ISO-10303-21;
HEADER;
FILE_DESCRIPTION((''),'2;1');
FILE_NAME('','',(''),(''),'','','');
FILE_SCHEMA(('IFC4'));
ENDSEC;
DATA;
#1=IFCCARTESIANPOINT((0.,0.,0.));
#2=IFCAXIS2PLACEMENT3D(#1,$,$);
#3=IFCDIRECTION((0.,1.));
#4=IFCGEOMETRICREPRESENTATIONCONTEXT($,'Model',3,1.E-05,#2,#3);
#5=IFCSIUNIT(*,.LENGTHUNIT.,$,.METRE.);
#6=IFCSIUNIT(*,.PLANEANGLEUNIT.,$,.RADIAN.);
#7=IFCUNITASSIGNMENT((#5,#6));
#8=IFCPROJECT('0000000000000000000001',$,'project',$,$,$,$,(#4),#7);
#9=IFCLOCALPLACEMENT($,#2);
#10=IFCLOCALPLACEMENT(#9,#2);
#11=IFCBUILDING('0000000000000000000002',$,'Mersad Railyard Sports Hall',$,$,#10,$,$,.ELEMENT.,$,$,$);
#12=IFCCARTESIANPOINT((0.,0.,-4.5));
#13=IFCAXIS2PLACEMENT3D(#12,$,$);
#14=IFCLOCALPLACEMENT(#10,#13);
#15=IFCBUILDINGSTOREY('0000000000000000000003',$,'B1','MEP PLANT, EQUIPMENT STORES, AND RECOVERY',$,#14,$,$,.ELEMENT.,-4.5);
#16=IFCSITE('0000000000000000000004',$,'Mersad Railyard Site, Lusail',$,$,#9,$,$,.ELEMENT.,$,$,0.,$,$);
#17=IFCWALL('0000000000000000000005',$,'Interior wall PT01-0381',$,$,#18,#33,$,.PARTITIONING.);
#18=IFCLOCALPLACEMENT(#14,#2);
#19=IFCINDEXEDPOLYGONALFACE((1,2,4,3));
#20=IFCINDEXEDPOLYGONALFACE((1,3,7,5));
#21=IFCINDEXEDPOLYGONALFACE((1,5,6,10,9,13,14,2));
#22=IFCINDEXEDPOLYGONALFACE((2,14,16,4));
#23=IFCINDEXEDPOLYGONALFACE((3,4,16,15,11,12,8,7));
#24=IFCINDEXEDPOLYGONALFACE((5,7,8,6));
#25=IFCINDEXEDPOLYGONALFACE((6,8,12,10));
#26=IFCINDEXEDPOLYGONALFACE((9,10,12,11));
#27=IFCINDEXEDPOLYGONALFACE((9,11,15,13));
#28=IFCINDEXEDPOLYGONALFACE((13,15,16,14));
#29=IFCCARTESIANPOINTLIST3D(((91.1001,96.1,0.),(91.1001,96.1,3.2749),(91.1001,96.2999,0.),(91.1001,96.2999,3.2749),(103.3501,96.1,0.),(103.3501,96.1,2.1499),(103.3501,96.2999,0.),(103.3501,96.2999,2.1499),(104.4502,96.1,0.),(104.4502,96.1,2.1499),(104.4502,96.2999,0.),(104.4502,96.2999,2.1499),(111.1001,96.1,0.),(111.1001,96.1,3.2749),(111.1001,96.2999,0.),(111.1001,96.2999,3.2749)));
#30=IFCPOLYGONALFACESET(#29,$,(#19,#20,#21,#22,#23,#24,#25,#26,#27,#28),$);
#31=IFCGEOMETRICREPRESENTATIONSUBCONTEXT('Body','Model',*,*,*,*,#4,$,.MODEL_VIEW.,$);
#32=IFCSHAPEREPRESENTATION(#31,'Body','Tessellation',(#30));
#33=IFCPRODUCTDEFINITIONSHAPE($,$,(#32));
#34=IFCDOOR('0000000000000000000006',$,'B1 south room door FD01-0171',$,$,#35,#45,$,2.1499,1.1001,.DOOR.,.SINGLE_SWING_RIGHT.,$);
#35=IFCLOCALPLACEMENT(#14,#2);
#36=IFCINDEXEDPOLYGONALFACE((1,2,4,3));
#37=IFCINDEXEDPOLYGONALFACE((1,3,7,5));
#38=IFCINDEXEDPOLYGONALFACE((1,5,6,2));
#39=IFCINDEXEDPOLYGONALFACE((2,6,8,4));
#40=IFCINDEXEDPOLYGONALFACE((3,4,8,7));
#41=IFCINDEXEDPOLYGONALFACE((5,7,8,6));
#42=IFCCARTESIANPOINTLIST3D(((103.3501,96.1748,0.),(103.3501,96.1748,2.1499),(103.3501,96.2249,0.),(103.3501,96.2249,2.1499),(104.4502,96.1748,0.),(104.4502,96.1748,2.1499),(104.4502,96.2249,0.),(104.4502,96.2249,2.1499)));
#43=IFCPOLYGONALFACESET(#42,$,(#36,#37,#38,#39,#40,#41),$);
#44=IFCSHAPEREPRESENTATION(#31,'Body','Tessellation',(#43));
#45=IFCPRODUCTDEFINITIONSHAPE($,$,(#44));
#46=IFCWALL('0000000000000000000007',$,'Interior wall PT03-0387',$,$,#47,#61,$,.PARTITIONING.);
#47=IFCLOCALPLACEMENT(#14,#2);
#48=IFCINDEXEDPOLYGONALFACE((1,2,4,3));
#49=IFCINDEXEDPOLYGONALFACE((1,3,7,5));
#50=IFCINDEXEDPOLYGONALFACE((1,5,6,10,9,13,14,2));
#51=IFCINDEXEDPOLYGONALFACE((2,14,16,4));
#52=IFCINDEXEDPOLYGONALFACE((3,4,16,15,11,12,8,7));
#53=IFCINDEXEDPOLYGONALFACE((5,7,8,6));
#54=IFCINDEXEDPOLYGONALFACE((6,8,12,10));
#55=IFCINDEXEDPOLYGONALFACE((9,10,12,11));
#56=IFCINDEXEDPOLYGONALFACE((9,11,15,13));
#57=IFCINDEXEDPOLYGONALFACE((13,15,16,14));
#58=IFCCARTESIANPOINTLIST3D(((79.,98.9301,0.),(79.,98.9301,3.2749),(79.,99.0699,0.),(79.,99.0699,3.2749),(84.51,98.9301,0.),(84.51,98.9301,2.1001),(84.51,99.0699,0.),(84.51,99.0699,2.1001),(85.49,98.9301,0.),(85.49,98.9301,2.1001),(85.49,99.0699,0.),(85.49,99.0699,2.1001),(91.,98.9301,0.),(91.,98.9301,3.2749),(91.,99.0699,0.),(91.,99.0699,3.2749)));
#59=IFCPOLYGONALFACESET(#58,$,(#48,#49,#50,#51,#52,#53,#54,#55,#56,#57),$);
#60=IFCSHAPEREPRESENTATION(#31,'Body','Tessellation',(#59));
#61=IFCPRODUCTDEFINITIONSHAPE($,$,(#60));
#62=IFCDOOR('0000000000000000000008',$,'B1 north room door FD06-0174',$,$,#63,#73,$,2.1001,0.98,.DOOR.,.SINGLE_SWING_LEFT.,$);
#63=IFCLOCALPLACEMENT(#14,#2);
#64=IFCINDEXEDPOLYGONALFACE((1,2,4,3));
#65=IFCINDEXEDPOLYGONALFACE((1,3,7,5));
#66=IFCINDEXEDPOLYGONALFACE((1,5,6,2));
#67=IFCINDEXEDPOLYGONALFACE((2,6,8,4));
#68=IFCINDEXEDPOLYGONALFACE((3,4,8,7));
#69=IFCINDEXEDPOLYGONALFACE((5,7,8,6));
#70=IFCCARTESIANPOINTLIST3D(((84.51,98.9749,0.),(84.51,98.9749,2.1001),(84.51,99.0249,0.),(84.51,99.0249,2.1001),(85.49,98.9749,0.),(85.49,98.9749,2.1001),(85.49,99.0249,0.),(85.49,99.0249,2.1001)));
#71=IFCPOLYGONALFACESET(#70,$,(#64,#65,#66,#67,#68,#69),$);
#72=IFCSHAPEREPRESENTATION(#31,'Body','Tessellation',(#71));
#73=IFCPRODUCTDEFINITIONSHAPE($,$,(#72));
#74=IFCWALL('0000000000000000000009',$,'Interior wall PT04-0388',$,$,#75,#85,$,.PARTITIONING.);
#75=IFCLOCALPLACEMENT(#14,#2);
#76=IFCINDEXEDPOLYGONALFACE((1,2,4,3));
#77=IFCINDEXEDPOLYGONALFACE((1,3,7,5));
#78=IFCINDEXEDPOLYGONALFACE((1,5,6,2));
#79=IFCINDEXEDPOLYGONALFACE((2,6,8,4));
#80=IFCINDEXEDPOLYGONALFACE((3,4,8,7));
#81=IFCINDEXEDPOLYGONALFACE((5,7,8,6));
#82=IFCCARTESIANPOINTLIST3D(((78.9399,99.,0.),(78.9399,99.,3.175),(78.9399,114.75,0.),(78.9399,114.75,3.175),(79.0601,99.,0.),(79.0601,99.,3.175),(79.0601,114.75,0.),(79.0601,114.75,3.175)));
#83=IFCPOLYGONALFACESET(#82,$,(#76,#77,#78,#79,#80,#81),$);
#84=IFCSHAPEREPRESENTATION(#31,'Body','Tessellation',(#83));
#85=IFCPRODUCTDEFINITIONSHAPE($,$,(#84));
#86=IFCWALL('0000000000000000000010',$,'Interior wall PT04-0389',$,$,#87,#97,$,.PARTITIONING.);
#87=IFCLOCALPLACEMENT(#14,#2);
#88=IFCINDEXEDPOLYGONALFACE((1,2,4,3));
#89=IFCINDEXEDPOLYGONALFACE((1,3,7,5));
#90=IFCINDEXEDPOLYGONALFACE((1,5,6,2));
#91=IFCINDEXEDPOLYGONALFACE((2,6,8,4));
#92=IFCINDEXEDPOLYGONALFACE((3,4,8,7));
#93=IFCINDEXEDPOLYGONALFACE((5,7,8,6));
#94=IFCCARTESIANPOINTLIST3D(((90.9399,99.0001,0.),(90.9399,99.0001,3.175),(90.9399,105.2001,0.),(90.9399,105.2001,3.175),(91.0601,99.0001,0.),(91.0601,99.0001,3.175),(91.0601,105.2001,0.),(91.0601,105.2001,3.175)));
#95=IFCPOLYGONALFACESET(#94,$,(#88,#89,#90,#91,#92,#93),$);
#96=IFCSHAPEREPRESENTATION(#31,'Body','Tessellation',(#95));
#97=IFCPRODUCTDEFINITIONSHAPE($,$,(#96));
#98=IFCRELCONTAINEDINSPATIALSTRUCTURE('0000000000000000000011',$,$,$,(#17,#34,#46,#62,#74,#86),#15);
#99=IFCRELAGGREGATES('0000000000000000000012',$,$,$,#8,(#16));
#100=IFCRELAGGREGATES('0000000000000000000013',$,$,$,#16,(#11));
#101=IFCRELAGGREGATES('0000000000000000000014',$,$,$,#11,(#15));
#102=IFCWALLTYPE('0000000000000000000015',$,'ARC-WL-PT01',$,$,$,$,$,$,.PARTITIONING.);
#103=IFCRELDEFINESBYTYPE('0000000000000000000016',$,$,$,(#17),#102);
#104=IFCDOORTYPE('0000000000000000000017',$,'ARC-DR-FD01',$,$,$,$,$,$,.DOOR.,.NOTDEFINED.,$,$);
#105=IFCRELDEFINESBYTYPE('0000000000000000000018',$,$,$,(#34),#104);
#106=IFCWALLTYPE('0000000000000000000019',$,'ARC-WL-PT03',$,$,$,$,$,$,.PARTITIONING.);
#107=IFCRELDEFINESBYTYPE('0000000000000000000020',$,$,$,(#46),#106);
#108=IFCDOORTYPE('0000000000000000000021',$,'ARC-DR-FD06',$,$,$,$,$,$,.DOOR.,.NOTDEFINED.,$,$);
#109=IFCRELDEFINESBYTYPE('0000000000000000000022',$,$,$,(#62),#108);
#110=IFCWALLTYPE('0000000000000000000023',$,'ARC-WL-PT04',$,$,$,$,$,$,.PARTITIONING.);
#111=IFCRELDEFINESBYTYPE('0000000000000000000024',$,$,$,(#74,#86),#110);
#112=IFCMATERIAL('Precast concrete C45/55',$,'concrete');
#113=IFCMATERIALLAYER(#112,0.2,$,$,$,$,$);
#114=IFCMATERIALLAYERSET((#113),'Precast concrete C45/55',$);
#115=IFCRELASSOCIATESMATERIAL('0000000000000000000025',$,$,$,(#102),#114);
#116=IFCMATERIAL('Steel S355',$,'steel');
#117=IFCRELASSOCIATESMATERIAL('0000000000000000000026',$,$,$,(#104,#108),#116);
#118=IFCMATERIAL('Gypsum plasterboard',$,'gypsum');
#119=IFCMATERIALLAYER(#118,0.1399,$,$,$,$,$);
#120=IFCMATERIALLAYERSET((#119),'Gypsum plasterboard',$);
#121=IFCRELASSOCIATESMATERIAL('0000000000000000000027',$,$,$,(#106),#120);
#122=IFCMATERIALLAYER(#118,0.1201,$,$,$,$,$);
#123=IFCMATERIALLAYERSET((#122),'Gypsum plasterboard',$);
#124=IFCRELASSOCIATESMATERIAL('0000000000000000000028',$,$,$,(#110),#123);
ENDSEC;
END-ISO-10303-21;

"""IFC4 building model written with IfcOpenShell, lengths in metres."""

from ifc_helpers import new_model, si_unit, direction, frame, frame_2d, origin, place, context, subcontext, project, spatial, rectangle, extrude, material, layer, layer_set, type_object, element, fill, save


model = new_model("IFC4")

# Units and contexts
model_context = context("Model", 3, precision=1e-05, world=origin(), true_north=direction((0.0, 1.0)))
body_context = subcontext(model_context, "Body", "Model", "MODEL_VIEW")
ifc_project = project(units=[si_unit("LENGTHUNIT", "METRE"), si_unit("PLANEANGLEUNIT", "RADIAN")], contexts=[model_context])

# Site, building, storey
site_placement = place(None, origin())
site = spatial("IfcSite", under=ifc_project, at=site_placement, Name="Mersad Railyard Site, Lusail", CompositionType="ELEMENT", RefElevation=0.0)
building_placement = place(site_placement, origin())
building = spatial("IfcBuilding", under=site, at=building_placement, Name="Mersad Railyard Sports Hall", CompositionType="ELEMENT")
storey_placement = place(building_placement, frame((0.0, 0.0, -4.5)))
storey = spatial("IfcBuildingStorey", under=building, at=storey_placement, Name="B1", Description="MEP PLANT, EQUIPMENT STORES, AND RECOVERY", CompositionType="ELEMENT", Elevation=-4.5)

# Walls, openings, doors
ifc_material_1 = material(Name="Precast concrete C45/55", Category="concrete")
ifc_layer_1 = layer(ifc_material_1, 0.2)
ifc_layer_set_1 = layer_set([ifc_layer_1], Name="Precast concrete C45/55")
wall_type_1 = type_object("IfcWallType", Name="ARC-WL-PT01", PredefinedType="PARTITIONING", material=ifc_layer_set_1)
wall_1_placement = place(storey_placement, frame((91.1001, 96.2, 0.0), z_axis=(0.0, 0.0, 1.0), x_axis=(1.0, 0.0, 0.0)))
wall_1 = element("IfcWall", 1, at=wall_1_placement, inside=storey, type_object=wall_type_1, Name="Interior wall PT01-0381", PredefinedType="PARTITIONING", context=body_context, shape_type="SweptSolid", body=[
    extrude(rectangle(XDim=20.0, YDim=0.2, at=frame_2d((10.0, 0.0))), origin(), (0.0, 0.0, 1.0), 3.2749),
])
opening_1_placement = place(wall_1_placement, frame((12.25, 0.0, 0.0)))
opening_1 = element("IfcOpeningElement", 2, at=opening_1_placement, cuts=wall_1, PredefinedType="OPENING", context=body_context, shape_type="SweptSolid", body=[
    extrude(rectangle(XDim=1.1001, YDim=2.1499, at=frame_2d((0.55, 1.075))), frame((0.0, 0.1099, 0.0), z_axis=(0.0, -1.0, 0.0), x_axis=(1.0, 0.0, 0.0)), (0.0, 0.0, 1.0), 0.22),
])
ifc_material_2 = material(Name="Steel S355", Category="steel")
door_type_1 = type_object("IfcDoorType", Name="ARC-DR-FD01", OperationType="NOTDEFINED", PredefinedType="DOOR", material=ifc_material_2)
door_1_placement = place(opening_1_placement, origin())
door_1 = element("IfcDoor", 3, at=door_1_placement, inside=storey, type_object=door_type_1, Name="B1 south room door FD01-0171", OperationType="SINGLE_SWING_RIGHT", OverallHeight=2.1499, OverallWidth=1.1001, PredefinedType="DOOR", context=body_context, shape_type="SweptSolid", body=[
    extrude(rectangle(XDim=1.1001, YDim=2.1499, at=frame_2d((0.55, 1.075))), frame((0.0, 0.0249, 0.0), z_axis=(0.0, -1.0, 0.0), x_axis=(1.0, 0.0, 0.0)), (0.0, 0.0, 1.0), 0.05),
])
fill(opening_1, door_1)
ifc_material_3 = material(Name="Gypsum plasterboard", Category="gypsum")
ifc_layer_2 = layer(ifc_material_3, 0.1399)
ifc_layer_set_2 = layer_set([ifc_layer_2], Name="Gypsum plasterboard")
wall_type_2 = type_object("IfcWallType", Name="ARC-WL-PT03", PredefinedType="PARTITIONING", material=ifc_layer_set_2)
wall_2_placement = place(storey_placement, frame((79.0, 99.0, 0.0), z_axis=(0.0, 0.0, 1.0), x_axis=(1.0, 0.0, 0.0)))
wall_2 = element("IfcWall", 4, at=wall_2_placement, inside=storey, type_object=wall_type_2, Name="Interior wall PT03-0387", PredefinedType="PARTITIONING", context=body_context, shape_type="SweptSolid", body=[
    extrude(rectangle(XDim=12.0, YDim=0.1399, at=frame_2d((6.0, 0.0))), origin(), (0.0, 0.0, 1.0), 3.2749),
])
opening_2_placement = place(wall_2_placement, frame((5.51, 0.0, 0.0)))
opening_2 = element("IfcOpeningElement", 5, at=opening_2_placement, cuts=wall_2, PredefinedType="OPENING", context=body_context, shape_type="SweptSolid", body=[
    extrude(rectangle(XDim=0.98, YDim=2.1001, at=frame_2d((0.49, 1.05))), frame((0.0, 0.0798, 0.0), z_axis=(0.0, -1.0, 0.0), x_axis=(1.0, 0.0, 0.0)), (0.0, 0.0, 1.0), 0.1599),
])
door_type_2 = type_object("IfcDoorType", Name="ARC-DR-FD06", OperationType="NOTDEFINED", PredefinedType="DOOR", material=ifc_material_2)
door_2_placement = place(opening_2_placement, origin())
door_2 = element("IfcDoor", 6, at=door_2_placement, inside=storey, type_object=door_type_2, Name="B1 north room door FD06-0174", OperationType="SINGLE_SWING_LEFT", OverallHeight=2.1001, OverallWidth=0.98, PredefinedType="DOOR", context=body_context, shape_type="SweptSolid", body=[
    extrude(rectangle(XDim=0.98, YDim=2.1001, at=frame_2d((0.49, 1.05))), frame((0.0, 0.0249, 0.0), z_axis=(0.0, -1.0, 0.0), x_axis=(1.0, 0.0, 0.0)), (0.0, 0.0, 1.0), 0.05),
])
fill(opening_2, door_2)

# Walls
ifc_layer_3 = layer(ifc_material_3, 0.1201)
ifc_layer_set_3 = layer_set([ifc_layer_3], Name="Gypsum plasterboard")
wall_type_3 = type_object("IfcWallType", Name="ARC-WL-PT04", PredefinedType="PARTITIONING", material=ifc_layer_set_3)
wall_3_placement = place(storey_placement, frame((79.0, 99.0, 0.0), z_axis=(0.0, 0.0, 1.0), x_axis=(0.0, 1.0, 0.0)))
element("IfcWall", 7, at=wall_3_placement, inside=storey, type_object=wall_type_3, Name="Interior wall PT04-0388", PredefinedType="PARTITIONING", context=body_context, shape_type="SweptSolid", body=[
    extrude(rectangle(XDim=15.75, YDim=0.1201, at=frame_2d((7.875, 0.0))), origin(), (0.0, 0.0, 1.0), 3.175),
])
wall_4_placement = place(storey_placement, frame((91.0, 99.0, 0.0), z_axis=(0.0, 0.0, 1.0), x_axis=(0.0, 1.0, 0.0)))
element("IfcWall", 8, at=wall_4_placement, inside=storey, type_object=wall_type_3, Name="Interior wall PT04-0389", PredefinedType="PARTITIONING", context=body_context, shape_type="SweptSolid", body=[
    extrude(rectangle(XDim=6.2, YDim=0.1201, at=frame_2d((3.1001, 0.0))), origin(), (0.0, 0.0, 1.0), 3.175),
])

save(model, "model.ifc")
